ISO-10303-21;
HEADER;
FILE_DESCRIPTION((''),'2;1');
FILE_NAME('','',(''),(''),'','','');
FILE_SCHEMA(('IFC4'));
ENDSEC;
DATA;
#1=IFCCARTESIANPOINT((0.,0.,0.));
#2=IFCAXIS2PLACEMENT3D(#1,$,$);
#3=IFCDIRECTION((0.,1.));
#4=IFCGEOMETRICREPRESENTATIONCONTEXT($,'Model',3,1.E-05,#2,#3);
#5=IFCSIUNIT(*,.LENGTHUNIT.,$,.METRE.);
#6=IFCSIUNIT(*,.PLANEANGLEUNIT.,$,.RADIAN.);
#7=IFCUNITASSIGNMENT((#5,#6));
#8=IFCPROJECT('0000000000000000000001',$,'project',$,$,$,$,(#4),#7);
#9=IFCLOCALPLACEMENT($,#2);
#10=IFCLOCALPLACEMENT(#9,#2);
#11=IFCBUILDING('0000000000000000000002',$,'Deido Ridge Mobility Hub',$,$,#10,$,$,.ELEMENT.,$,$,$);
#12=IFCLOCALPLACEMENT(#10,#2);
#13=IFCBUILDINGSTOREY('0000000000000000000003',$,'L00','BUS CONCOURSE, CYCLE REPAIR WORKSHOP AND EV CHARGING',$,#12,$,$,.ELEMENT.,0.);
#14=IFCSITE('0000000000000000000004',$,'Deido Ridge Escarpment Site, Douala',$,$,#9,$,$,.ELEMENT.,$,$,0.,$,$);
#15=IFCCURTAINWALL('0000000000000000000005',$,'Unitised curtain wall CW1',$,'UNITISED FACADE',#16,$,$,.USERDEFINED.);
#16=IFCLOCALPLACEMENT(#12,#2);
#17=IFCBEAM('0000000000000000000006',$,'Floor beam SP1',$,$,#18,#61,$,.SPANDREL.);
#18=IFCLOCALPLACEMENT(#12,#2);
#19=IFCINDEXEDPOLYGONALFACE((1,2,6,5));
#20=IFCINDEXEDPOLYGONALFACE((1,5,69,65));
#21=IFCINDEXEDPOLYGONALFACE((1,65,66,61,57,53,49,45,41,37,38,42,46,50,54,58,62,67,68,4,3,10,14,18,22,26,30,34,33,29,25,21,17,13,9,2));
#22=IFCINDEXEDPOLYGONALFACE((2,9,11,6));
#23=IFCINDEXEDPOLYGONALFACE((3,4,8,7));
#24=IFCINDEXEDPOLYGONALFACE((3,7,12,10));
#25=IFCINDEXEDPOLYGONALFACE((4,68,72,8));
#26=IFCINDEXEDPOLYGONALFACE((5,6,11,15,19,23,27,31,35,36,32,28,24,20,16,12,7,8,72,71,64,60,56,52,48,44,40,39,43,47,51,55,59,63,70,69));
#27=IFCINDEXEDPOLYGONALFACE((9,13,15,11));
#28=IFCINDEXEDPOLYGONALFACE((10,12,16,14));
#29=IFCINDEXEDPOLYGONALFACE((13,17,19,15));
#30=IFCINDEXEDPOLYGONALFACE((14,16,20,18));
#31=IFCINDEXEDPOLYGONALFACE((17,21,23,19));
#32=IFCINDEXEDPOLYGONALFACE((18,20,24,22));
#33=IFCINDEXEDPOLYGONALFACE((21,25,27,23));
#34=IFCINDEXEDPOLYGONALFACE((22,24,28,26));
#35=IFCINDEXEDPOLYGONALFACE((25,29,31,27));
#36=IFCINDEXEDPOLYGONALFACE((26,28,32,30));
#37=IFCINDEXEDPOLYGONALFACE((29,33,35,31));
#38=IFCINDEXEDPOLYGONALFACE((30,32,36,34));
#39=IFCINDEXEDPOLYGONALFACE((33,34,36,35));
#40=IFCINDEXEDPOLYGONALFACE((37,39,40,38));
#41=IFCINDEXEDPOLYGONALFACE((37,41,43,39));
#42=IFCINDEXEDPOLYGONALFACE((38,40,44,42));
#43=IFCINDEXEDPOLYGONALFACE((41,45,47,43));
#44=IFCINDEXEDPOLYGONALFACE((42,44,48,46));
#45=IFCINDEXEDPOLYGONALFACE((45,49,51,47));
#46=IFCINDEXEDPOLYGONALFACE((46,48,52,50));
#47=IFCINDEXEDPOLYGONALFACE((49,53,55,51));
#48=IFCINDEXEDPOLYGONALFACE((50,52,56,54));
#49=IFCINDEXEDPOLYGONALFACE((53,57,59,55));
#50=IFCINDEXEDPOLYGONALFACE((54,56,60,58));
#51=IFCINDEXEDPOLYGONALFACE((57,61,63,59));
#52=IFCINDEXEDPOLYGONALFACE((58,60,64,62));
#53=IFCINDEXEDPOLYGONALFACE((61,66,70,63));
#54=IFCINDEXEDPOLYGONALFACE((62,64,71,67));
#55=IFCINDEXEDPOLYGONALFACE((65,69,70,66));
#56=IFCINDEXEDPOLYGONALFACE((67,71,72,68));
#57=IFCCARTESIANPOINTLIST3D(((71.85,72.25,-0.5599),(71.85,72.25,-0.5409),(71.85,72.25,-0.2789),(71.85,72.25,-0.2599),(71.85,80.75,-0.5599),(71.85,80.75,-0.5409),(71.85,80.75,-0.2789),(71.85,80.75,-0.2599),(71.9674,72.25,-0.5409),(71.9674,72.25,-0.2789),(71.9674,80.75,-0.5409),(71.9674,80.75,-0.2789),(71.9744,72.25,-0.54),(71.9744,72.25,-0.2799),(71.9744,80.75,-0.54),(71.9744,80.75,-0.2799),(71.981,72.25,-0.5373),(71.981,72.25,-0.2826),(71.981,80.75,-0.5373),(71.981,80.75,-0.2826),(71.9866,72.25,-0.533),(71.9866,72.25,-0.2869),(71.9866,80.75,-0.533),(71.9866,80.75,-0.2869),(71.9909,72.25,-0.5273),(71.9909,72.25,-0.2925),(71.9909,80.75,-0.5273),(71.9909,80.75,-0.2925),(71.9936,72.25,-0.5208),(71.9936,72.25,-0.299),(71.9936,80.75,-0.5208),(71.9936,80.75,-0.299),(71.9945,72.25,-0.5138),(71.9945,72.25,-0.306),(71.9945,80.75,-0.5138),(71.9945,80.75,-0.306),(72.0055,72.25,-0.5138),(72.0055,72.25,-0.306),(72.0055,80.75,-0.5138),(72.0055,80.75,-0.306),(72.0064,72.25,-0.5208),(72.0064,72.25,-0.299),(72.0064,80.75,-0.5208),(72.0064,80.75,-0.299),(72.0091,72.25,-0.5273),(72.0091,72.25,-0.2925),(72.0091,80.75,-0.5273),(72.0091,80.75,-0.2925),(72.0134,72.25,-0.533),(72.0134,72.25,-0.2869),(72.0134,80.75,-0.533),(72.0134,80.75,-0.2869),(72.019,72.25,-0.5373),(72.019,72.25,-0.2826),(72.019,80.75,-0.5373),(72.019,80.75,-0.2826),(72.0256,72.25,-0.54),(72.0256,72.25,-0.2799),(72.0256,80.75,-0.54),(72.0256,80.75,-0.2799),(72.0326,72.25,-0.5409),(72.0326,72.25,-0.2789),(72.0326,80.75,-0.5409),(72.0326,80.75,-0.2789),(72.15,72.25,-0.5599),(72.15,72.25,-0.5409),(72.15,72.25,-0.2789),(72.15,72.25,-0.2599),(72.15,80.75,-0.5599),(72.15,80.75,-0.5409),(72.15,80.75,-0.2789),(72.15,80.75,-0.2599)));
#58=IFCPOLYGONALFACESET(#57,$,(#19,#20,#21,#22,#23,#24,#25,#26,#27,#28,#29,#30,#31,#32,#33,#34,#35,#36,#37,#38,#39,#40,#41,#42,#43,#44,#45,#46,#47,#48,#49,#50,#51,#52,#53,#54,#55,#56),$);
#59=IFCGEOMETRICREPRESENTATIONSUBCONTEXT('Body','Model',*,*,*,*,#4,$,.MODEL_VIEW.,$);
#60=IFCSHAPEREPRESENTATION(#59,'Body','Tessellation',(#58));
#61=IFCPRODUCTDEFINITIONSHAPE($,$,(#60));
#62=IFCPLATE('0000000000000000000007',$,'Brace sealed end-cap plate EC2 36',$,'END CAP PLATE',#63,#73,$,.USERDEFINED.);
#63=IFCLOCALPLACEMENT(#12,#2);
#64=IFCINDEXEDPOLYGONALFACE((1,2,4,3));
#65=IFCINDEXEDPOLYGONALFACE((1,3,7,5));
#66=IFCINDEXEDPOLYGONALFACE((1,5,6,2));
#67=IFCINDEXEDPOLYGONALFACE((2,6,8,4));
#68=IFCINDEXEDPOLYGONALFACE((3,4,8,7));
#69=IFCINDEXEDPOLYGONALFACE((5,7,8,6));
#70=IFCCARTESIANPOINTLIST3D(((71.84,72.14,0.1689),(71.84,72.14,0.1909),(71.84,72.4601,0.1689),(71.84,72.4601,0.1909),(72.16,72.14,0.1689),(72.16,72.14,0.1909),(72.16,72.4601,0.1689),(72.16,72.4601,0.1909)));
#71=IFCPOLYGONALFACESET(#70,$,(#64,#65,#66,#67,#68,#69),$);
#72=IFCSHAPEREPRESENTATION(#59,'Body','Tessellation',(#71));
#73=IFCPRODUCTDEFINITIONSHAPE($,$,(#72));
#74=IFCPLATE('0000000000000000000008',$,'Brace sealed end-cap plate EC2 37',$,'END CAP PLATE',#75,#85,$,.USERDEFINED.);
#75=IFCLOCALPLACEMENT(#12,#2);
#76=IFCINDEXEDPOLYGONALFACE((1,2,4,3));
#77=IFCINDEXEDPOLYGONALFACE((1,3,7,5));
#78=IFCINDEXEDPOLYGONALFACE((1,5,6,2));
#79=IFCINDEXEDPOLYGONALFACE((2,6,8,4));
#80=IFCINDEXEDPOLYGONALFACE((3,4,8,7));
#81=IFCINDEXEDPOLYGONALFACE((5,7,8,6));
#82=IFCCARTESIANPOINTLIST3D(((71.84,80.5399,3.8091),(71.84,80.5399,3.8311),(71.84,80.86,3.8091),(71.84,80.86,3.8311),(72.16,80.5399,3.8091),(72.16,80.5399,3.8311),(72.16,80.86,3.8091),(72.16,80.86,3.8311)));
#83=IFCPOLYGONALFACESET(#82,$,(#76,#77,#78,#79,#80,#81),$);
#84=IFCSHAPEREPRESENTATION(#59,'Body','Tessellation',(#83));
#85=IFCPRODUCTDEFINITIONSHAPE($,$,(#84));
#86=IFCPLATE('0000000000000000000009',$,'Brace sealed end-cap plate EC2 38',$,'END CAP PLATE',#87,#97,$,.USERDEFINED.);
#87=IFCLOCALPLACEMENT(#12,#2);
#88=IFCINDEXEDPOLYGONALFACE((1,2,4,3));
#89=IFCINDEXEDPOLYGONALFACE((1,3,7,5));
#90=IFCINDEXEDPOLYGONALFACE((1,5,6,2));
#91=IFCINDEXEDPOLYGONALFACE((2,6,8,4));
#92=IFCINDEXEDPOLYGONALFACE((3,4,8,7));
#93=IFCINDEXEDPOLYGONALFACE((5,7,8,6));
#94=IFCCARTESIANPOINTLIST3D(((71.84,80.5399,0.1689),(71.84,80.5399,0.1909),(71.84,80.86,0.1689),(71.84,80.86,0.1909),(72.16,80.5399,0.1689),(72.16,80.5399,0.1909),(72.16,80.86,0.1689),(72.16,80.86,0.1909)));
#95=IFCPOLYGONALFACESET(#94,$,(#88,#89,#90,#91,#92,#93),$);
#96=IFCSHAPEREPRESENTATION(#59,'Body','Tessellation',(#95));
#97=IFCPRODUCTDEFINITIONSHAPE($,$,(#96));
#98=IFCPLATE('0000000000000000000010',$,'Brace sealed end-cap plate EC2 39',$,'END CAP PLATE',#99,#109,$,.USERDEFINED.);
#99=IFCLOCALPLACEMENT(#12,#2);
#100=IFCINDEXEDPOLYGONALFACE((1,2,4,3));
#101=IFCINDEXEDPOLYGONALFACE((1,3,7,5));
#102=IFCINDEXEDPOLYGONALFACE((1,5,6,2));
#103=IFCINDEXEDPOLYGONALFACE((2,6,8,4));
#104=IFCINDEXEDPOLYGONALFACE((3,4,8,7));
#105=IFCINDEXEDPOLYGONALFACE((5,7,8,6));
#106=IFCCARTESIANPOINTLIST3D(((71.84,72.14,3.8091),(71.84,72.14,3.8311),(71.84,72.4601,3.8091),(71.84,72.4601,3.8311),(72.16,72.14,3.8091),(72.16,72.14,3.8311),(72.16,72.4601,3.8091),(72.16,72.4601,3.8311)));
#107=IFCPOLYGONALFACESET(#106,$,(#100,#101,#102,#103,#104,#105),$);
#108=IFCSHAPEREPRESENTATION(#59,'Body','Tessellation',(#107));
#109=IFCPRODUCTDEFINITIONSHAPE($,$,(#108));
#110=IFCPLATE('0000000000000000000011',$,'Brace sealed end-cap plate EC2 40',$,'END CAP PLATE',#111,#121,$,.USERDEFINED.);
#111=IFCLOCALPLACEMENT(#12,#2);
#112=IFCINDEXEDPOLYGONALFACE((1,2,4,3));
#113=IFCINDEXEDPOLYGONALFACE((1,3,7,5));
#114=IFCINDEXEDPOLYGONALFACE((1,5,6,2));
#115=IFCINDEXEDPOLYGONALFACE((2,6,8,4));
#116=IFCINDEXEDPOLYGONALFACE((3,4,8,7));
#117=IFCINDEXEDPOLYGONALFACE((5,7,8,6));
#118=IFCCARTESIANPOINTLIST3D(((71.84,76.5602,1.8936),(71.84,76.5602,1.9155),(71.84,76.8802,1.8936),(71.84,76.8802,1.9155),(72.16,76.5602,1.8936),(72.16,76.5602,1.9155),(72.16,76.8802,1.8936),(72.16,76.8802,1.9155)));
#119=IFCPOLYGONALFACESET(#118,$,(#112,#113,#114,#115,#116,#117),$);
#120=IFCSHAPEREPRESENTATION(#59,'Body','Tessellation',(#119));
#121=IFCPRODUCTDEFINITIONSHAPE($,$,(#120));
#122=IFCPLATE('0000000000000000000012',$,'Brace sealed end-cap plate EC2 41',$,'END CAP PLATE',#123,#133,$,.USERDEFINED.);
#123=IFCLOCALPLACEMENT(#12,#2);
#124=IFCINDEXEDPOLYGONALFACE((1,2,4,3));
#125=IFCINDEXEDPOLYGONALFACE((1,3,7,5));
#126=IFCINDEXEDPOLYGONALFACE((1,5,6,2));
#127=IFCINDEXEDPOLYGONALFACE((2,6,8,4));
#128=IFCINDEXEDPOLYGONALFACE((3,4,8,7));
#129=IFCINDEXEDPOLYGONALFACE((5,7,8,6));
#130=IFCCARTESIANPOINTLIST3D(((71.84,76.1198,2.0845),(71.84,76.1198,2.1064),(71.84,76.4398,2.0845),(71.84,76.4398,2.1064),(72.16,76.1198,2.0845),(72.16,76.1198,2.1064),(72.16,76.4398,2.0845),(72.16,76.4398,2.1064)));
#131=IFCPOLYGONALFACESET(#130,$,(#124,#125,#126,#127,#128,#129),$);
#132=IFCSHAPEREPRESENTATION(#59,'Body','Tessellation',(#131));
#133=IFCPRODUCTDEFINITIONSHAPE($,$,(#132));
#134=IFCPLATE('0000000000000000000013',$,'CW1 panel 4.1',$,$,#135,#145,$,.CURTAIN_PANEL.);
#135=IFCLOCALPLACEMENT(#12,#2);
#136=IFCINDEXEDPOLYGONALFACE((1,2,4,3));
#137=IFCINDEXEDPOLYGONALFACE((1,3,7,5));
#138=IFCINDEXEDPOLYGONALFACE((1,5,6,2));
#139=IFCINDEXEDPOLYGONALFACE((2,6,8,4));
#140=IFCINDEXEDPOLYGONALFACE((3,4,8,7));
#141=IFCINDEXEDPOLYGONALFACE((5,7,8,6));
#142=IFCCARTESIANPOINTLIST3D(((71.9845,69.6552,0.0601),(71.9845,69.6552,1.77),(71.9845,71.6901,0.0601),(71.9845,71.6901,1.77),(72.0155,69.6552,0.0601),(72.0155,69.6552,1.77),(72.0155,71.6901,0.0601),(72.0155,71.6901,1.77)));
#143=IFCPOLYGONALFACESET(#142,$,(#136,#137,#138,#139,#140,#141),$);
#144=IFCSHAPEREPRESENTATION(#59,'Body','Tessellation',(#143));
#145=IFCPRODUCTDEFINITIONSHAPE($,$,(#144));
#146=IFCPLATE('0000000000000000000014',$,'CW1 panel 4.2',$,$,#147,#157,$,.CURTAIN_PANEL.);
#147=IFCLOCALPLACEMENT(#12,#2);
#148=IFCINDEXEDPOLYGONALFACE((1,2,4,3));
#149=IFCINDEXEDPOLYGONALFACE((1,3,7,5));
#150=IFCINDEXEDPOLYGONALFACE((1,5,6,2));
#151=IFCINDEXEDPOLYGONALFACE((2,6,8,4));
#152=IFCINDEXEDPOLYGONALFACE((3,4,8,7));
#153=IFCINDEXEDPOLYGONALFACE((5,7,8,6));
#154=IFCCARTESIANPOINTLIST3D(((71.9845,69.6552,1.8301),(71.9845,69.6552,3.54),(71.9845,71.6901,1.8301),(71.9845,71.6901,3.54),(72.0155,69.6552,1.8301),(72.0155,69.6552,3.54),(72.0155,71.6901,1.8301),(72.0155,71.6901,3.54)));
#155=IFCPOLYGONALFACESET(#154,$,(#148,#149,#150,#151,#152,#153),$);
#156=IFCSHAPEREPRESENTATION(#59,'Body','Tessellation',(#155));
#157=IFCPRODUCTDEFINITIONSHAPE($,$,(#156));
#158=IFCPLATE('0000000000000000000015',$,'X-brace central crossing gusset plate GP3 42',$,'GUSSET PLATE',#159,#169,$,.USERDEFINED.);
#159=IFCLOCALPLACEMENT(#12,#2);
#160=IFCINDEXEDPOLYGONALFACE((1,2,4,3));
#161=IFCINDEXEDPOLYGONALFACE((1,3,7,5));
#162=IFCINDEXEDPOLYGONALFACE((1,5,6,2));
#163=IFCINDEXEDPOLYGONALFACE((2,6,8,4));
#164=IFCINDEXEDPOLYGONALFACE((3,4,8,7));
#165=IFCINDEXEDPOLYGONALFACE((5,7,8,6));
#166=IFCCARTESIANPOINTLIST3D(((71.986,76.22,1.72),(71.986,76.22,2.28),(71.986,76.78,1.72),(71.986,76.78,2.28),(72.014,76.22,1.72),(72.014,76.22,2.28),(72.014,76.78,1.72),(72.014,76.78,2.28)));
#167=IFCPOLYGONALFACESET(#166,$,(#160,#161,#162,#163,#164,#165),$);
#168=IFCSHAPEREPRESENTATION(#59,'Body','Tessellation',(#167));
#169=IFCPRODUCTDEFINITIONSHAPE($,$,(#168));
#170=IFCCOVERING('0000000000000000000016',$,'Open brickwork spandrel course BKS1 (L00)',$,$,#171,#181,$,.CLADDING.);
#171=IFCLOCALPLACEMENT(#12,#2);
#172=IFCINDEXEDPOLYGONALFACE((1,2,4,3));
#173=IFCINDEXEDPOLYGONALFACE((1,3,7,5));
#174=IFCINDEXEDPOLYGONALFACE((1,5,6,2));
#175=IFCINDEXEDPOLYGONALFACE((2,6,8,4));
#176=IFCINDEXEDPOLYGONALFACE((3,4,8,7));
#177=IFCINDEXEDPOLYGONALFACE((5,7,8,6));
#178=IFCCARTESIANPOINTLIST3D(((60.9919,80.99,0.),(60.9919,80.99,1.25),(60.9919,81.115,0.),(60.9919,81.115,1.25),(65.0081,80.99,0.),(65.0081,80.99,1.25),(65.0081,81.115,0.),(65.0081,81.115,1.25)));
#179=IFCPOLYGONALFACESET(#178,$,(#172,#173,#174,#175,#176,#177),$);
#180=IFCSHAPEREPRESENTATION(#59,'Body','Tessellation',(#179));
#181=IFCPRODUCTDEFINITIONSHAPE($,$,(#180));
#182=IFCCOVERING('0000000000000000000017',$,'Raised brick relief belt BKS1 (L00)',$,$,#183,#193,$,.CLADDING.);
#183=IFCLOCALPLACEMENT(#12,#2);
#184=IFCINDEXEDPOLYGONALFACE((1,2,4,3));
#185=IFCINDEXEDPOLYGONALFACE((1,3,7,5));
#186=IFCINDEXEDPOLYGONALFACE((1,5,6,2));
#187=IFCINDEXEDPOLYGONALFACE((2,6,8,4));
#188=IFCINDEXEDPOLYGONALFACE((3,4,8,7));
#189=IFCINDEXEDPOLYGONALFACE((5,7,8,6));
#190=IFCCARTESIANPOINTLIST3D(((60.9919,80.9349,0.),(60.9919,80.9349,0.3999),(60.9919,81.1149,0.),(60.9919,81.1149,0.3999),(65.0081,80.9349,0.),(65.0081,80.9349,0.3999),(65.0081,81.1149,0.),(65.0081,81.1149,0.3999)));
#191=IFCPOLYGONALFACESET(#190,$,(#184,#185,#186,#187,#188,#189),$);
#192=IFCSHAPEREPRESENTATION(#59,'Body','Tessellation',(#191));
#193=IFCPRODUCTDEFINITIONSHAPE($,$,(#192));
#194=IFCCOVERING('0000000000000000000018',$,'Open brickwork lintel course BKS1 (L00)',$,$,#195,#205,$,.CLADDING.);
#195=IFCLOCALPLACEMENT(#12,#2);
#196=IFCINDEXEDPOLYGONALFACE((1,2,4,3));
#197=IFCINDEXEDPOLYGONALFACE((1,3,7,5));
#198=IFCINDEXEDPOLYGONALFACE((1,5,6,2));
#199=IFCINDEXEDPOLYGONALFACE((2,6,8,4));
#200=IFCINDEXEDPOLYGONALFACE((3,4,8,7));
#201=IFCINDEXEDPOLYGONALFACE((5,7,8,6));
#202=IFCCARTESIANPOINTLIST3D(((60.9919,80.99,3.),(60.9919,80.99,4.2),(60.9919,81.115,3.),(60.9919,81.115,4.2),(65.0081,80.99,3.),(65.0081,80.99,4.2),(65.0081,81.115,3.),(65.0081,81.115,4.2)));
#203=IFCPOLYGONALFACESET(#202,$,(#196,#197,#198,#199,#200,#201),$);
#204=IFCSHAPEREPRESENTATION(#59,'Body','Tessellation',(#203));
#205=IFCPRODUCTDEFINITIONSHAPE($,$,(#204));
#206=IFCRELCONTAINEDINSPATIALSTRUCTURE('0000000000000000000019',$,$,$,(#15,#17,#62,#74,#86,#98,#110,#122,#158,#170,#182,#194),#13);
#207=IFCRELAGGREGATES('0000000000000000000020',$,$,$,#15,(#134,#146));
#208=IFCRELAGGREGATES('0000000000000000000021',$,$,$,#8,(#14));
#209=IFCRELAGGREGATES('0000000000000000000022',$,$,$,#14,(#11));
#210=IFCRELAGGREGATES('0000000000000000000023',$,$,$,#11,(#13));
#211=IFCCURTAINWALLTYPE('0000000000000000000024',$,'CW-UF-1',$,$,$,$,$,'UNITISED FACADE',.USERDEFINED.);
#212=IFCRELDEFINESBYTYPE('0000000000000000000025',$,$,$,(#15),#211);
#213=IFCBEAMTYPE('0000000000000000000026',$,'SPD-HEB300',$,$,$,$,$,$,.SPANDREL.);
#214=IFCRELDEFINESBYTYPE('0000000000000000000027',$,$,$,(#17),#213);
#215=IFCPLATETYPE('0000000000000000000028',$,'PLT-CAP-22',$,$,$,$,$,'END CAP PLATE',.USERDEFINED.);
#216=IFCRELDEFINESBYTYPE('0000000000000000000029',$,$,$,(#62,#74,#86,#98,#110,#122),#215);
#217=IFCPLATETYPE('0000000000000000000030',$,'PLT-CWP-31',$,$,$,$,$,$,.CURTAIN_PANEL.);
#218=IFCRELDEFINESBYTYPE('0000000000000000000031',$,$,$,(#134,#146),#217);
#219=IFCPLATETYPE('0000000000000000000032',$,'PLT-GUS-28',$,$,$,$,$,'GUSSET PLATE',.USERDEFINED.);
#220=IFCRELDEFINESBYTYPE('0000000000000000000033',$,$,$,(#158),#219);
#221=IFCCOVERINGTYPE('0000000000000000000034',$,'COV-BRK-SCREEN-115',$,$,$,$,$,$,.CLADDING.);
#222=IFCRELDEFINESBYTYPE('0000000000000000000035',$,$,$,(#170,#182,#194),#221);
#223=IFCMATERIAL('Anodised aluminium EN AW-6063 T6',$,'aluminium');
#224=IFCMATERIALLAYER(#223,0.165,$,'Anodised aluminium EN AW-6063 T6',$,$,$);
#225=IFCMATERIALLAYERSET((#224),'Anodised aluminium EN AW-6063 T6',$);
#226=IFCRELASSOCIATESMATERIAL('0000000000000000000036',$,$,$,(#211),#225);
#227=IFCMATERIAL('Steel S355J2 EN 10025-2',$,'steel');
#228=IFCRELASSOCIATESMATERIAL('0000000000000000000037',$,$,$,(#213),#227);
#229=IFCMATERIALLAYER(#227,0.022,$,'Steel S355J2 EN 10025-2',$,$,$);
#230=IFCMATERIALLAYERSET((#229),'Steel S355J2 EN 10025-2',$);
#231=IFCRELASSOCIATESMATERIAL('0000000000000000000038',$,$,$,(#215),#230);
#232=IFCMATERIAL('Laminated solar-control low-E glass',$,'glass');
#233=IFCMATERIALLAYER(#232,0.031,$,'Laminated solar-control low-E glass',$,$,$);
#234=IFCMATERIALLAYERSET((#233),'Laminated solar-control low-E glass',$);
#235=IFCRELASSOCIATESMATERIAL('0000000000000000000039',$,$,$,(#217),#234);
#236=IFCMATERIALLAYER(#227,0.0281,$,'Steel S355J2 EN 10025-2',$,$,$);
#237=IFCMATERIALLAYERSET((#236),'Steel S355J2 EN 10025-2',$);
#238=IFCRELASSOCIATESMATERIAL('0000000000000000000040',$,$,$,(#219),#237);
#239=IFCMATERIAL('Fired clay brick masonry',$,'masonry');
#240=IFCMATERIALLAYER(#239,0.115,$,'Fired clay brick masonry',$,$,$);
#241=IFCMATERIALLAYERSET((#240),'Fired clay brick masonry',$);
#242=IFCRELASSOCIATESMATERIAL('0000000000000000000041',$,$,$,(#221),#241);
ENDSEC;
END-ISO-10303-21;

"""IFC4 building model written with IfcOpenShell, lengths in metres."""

from ifc_helpers import new_model, si_unit, direction, frame, origin, origin_2d, place, context, subcontext, project, spatial, rectangle, i_section, extrude, material, layer, layer_set, material_profile, profile_set, type_object, element, aggregate, save


model = new_model("IFC4")

# Units and contexts
model_context = context("Model", 3, precision=1e-05, world=origin(), true_north=direction((0.0, 1.0)))
body_context = subcontext(model_context, "Body", "Model", "MODEL_VIEW")
ifc_project = project(units=[si_unit("LENGTHUNIT", "METRE"), si_unit("PLANEANGLEUNIT", "RADIAN")], contexts=[model_context])

# Site, building, storey
site_placement = place(None, origin())
site = spatial("IfcSite", under=ifc_project, at=site_placement, Name="Deido Ridge Escarpment Site, Douala", CompositionType="ELEMENT", RefElevation=0.0)
building_placement = place(site_placement, origin())
building = spatial("IfcBuilding", under=site, at=building_placement, Name="Deido Ridge Mobility Hub", CompositionType="ELEMENT")
storey_placement = place(building_placement, origin())
storey = spatial("IfcBuildingStorey", under=building, at=storey_placement, Name="L00", Description="BUS CONCOURSE, CYCLE REPAIR WORKSHOP AND EV CHARGING", CompositionType="ELEMENT", Elevation=0.0)

# Shared definitions
ifc_material_1 = material(Name="Steel S355J2 EN 10025-2", Category="steel")

# Curtain wall
ifc_material_2 = material(Name="Anodised aluminium EN AW-6063 T6", Category="aluminium")
ifc_layer_1 = layer(ifc_material_2, 0.165, Name="Anodised aluminium EN AW-6063 T6")
ifc_layer_set_1 = layer_set([ifc_layer_1], Name="Anodised aluminium EN AW-6063 T6")
curtain_wall_type = type_object("IfcCurtainWallType", Name="CW-UF-1", ElementType="UNITISED FACADE", PredefinedType="USERDEFINED", material=ifc_layer_set_1)
curtain_wall_placement = place(storey_placement, origin())
curtain_wall = element("IfcCurtainWall", 1, at=curtain_wall_placement, inside=storey, type_object=curtain_wall_type, Name="Unitised curtain wall CW1", ObjectType="UNITISED FACADE", PredefinedType="USERDEFINED")

# Beam
ifc_material_profile_1 = material_profile(ifc_material_1, i_section(OverallWidth=0.3, OverallDepth=0.3, WebThickness=0.011, FlangeThickness=0.019, FilletRadius=0.0271, at=origin_2d()), Name="HEB 300")
ifc_profile_set_1 = profile_set([ifc_material_profile_1], Name="Steel S355J2 EN 10025-2")
beam_type_1 = type_object("IfcBeamType", Name="SPD-HEB300", PredefinedType="SPANDREL", material=ifc_profile_set_1)
beam_1_placement = place(storey_placement, frame((72.0, 72.25, -0.4099), z_axis=(0.0, 1.0, 0.0), x_axis=(-1.0, 0.0, 0.0)))
element("IfcBeam", 2, at=beam_1_placement, inside=storey, type_object=beam_type_1, Name="Floor beam SP1", PredefinedType="SPANDREL", context=body_context, shape_type="SweptSolid", body=[
    extrude(i_section(OverallWidth=0.3, OverallDepth=0.3, WebThickness=0.011, FlangeThickness=0.019, FilletRadius=0.0271, at=origin_2d()), origin(), (0.0, 0.0, 1.0), 8.5),
])

# Plates
ifc_layer_2 = layer(ifc_material_1, 0.022, Name="Steel S355J2 EN 10025-2")
ifc_layer_set_2 = layer_set([ifc_layer_2], Name="Steel S355J2 EN 10025-2")
plate_type_1 = type_object("IfcPlateType", Name="PLT-CAP-22", ElementType="END CAP PLATE", PredefinedType="USERDEFINED", material=ifc_layer_set_2)
for number, where, z_axis, x_axis, name in (
    (3, (72.0, 72.3, 0.1689), (0.0, 0.0, 1.0), (1.0, 0.0, 0.0), "Brace sealed end-cap plate EC2 36"),
    (4, (72.0, 80.7, 3.8091), (0.0, 0.0, 1.0), (1.0, 0.0, 0.0), "Brace sealed end-cap plate EC2 37"),
    (5, (72.0, 80.7, 0.1689), (0.0, 0.0, 1.0), (1.0, 0.0, 0.0), "Brace sealed end-cap plate EC2 38"),
    (6, (72.0, 72.3, 3.8091), (0.0, 0.0, 1.0), (1.0, 0.0, 0.0), "Brace sealed end-cap plate EC2 39"),
    (7, (72.0, 76.7202, 1.8936), (0.0, 0.0, 1.0), (1.0, 0.0, 0.0), "Brace sealed end-cap plate EC2 40"),
    (8, (72.0, 76.2798, 2.0845), (0.0, 0.0, 1.0), (1.0, 0.0, 0.0), "Brace sealed end-cap plate EC2 41"),
):
    element("IfcPlate", number, at=place(storey_placement, frame(where, z_axis=z_axis, x_axis=x_axis)), inside=storey, type_object=plate_type_1, Name=name, ObjectType="END CAP PLATE", PredefinedType="USERDEFINED", context=body_context, shape_type="SweptSolid", body=[
        extrude(rectangle(XDim=0.3201, YDim=0.3201, at=origin_2d()), origin(), (0.0, 0.0, 1.0), 0.022),
    ])

# Plates
ifc_material_3 = material(Name="Laminated solar-control low-E glass", Category="glass")
ifc_layer_3 = layer(ifc_material_3, 0.031, Name="Laminated solar-control low-E glass")
ifc_layer_set_3 = layer_set([ifc_layer_3], Name="Laminated solar-control low-E glass")
plate_type_2 = type_object("IfcPlateType", Name="PLT-CWP-31", PredefinedType="CURTAIN_PANEL", material=ifc_layer_set_3)
plate_1_placement = place(storey_placement, frame((72.0, 70.6726, 0.0601), z_axis=(0.0, 0.0, 1.0), x_axis=(0.0, 1.0, 0.0)))
plate_1 = element("IfcPlate", 9, at=plate_1_placement, type_object=plate_type_2, Name="CW1 panel 4.1", PredefinedType="CURTAIN_PANEL", context=body_context, shape_type="SweptSolid", body=[
    extrude(rectangle(XDim=2.0349, YDim=0.031, at=origin_2d()), origin(), (0.0, 0.0, 1.0), 1.71),
])
plate_2_placement = place(storey_placement, frame((72.0, 70.6726, 1.8301), z_axis=(0.0, 0.0, 1.0), x_axis=(0.0, 1.0, 0.0)))
plate_2 = element("IfcPlate", 10, at=plate_2_placement, type_object=plate_type_2, Name="CW1 panel 4.2", PredefinedType="CURTAIN_PANEL", context=body_context, shape_type="SweptSolid", body=[
    extrude(rectangle(XDim=2.0349, YDim=0.031, at=origin_2d()), origin(), (0.0, 0.0, 1.0), 1.71),
])
aggregate(curtain_wall, [plate_1, plate_2])
ifc_layer_4 = layer(ifc_material_1, 0.0281, Name="Steel S355J2 EN 10025-2")
ifc_layer_set_4 = layer_set([ifc_layer_4], Name="Steel S355J2 EN 10025-2")
plate_type_3 = type_object("IfcPlateType", Name="PLT-GUS-28", ElementType="GUSSET PLATE", PredefinedType="USERDEFINED", material=ifc_layer_set_4)
plate_3_placement = place(storey_placement, frame((72.0, 76.5, 1.72), z_axis=(0.0, 0.0, 1.0), x_axis=(0.0, 1.0, 0.0)))
element("IfcPlate", 11, at=plate_3_placement, inside=storey, type_object=plate_type_3, Name="X-brace central crossing gusset plate GP3 42", ObjectType="GUSSET PLATE", PredefinedType="USERDEFINED", context=body_context, shape_type="SweptSolid", body=[
    extrude(rectangle(XDim=0.5601, YDim=0.0281, at=origin_2d()), origin(), (0.0, 0.0, 1.0), 0.5601),
])

# Coverings
ifc_material_4 = material(Name="Fired clay brick masonry", Category="masonry")
ifc_layer_5 = layer(ifc_material_4, 0.115, Name="Fired clay brick masonry")
ifc_layer_set_5 = layer_set([ifc_layer_5], Name="Fired clay brick masonry")
covering_type = type_object("IfcCoveringType", Name="COV-BRK-SCREEN-115", PredefinedType="CLADDING", material=ifc_layer_set_5)
covering_1_placement = place(storey_placement, frame((63.0, 81.0525, 0.0), z_axis=(0.0, 0.0, 1.0), x_axis=(1.0, 0.0, 0.0)))
element("IfcCovering", 12, at=covering_1_placement, inside=storey, type_object=covering_type, Name="Open brickwork spandrel course BKS1 (L00)", PredefinedType="CLADDING", context=body_context, shape_type="SweptSolid", body=[
    extrude(rectangle(XDim=4.0161, YDim=0.125, at=origin_2d()), origin(), (0.0, 0.0, 1.0), 1.25),
])
covering_2_placement = place(storey_placement, frame((63.0, 81.0249, 0.0), z_axis=(0.0, 0.0, 1.0), x_axis=(1.0, 0.0, 0.0)))
element("IfcCovering", 13, at=covering_2_placement, inside=storey, type_object=covering_type, Name="Raised brick relief belt BKS1 (L00)", PredefinedType="CLADDING", context=body_context, shape_type="SweptSolid", body=[
    extrude(rectangle(XDim=4.0161, YDim=0.1799, at=origin_2d()), origin(), (0.0, 0.0, 1.0), 0.3999),
])
covering_3_placement = place(storey_placement, frame((63.0, 81.0525, 3.0), z_axis=(0.0, 0.0, 1.0), x_axis=(1.0, 0.0, 0.0)))
element("IfcCovering", 14, at=covering_3_placement, inside=storey, type_object=covering_type, Name="Open brickwork lintel course BKS1 (L00)", PredefinedType="CLADDING", context=body_context, shape_type="SweptSolid", body=[
    extrude(rectangle(XDim=4.0161, YDim=0.125, at=origin_2d()), origin(), (0.0, 0.0, 1.0), 1.2),
])

save(model, "model.ifc")
